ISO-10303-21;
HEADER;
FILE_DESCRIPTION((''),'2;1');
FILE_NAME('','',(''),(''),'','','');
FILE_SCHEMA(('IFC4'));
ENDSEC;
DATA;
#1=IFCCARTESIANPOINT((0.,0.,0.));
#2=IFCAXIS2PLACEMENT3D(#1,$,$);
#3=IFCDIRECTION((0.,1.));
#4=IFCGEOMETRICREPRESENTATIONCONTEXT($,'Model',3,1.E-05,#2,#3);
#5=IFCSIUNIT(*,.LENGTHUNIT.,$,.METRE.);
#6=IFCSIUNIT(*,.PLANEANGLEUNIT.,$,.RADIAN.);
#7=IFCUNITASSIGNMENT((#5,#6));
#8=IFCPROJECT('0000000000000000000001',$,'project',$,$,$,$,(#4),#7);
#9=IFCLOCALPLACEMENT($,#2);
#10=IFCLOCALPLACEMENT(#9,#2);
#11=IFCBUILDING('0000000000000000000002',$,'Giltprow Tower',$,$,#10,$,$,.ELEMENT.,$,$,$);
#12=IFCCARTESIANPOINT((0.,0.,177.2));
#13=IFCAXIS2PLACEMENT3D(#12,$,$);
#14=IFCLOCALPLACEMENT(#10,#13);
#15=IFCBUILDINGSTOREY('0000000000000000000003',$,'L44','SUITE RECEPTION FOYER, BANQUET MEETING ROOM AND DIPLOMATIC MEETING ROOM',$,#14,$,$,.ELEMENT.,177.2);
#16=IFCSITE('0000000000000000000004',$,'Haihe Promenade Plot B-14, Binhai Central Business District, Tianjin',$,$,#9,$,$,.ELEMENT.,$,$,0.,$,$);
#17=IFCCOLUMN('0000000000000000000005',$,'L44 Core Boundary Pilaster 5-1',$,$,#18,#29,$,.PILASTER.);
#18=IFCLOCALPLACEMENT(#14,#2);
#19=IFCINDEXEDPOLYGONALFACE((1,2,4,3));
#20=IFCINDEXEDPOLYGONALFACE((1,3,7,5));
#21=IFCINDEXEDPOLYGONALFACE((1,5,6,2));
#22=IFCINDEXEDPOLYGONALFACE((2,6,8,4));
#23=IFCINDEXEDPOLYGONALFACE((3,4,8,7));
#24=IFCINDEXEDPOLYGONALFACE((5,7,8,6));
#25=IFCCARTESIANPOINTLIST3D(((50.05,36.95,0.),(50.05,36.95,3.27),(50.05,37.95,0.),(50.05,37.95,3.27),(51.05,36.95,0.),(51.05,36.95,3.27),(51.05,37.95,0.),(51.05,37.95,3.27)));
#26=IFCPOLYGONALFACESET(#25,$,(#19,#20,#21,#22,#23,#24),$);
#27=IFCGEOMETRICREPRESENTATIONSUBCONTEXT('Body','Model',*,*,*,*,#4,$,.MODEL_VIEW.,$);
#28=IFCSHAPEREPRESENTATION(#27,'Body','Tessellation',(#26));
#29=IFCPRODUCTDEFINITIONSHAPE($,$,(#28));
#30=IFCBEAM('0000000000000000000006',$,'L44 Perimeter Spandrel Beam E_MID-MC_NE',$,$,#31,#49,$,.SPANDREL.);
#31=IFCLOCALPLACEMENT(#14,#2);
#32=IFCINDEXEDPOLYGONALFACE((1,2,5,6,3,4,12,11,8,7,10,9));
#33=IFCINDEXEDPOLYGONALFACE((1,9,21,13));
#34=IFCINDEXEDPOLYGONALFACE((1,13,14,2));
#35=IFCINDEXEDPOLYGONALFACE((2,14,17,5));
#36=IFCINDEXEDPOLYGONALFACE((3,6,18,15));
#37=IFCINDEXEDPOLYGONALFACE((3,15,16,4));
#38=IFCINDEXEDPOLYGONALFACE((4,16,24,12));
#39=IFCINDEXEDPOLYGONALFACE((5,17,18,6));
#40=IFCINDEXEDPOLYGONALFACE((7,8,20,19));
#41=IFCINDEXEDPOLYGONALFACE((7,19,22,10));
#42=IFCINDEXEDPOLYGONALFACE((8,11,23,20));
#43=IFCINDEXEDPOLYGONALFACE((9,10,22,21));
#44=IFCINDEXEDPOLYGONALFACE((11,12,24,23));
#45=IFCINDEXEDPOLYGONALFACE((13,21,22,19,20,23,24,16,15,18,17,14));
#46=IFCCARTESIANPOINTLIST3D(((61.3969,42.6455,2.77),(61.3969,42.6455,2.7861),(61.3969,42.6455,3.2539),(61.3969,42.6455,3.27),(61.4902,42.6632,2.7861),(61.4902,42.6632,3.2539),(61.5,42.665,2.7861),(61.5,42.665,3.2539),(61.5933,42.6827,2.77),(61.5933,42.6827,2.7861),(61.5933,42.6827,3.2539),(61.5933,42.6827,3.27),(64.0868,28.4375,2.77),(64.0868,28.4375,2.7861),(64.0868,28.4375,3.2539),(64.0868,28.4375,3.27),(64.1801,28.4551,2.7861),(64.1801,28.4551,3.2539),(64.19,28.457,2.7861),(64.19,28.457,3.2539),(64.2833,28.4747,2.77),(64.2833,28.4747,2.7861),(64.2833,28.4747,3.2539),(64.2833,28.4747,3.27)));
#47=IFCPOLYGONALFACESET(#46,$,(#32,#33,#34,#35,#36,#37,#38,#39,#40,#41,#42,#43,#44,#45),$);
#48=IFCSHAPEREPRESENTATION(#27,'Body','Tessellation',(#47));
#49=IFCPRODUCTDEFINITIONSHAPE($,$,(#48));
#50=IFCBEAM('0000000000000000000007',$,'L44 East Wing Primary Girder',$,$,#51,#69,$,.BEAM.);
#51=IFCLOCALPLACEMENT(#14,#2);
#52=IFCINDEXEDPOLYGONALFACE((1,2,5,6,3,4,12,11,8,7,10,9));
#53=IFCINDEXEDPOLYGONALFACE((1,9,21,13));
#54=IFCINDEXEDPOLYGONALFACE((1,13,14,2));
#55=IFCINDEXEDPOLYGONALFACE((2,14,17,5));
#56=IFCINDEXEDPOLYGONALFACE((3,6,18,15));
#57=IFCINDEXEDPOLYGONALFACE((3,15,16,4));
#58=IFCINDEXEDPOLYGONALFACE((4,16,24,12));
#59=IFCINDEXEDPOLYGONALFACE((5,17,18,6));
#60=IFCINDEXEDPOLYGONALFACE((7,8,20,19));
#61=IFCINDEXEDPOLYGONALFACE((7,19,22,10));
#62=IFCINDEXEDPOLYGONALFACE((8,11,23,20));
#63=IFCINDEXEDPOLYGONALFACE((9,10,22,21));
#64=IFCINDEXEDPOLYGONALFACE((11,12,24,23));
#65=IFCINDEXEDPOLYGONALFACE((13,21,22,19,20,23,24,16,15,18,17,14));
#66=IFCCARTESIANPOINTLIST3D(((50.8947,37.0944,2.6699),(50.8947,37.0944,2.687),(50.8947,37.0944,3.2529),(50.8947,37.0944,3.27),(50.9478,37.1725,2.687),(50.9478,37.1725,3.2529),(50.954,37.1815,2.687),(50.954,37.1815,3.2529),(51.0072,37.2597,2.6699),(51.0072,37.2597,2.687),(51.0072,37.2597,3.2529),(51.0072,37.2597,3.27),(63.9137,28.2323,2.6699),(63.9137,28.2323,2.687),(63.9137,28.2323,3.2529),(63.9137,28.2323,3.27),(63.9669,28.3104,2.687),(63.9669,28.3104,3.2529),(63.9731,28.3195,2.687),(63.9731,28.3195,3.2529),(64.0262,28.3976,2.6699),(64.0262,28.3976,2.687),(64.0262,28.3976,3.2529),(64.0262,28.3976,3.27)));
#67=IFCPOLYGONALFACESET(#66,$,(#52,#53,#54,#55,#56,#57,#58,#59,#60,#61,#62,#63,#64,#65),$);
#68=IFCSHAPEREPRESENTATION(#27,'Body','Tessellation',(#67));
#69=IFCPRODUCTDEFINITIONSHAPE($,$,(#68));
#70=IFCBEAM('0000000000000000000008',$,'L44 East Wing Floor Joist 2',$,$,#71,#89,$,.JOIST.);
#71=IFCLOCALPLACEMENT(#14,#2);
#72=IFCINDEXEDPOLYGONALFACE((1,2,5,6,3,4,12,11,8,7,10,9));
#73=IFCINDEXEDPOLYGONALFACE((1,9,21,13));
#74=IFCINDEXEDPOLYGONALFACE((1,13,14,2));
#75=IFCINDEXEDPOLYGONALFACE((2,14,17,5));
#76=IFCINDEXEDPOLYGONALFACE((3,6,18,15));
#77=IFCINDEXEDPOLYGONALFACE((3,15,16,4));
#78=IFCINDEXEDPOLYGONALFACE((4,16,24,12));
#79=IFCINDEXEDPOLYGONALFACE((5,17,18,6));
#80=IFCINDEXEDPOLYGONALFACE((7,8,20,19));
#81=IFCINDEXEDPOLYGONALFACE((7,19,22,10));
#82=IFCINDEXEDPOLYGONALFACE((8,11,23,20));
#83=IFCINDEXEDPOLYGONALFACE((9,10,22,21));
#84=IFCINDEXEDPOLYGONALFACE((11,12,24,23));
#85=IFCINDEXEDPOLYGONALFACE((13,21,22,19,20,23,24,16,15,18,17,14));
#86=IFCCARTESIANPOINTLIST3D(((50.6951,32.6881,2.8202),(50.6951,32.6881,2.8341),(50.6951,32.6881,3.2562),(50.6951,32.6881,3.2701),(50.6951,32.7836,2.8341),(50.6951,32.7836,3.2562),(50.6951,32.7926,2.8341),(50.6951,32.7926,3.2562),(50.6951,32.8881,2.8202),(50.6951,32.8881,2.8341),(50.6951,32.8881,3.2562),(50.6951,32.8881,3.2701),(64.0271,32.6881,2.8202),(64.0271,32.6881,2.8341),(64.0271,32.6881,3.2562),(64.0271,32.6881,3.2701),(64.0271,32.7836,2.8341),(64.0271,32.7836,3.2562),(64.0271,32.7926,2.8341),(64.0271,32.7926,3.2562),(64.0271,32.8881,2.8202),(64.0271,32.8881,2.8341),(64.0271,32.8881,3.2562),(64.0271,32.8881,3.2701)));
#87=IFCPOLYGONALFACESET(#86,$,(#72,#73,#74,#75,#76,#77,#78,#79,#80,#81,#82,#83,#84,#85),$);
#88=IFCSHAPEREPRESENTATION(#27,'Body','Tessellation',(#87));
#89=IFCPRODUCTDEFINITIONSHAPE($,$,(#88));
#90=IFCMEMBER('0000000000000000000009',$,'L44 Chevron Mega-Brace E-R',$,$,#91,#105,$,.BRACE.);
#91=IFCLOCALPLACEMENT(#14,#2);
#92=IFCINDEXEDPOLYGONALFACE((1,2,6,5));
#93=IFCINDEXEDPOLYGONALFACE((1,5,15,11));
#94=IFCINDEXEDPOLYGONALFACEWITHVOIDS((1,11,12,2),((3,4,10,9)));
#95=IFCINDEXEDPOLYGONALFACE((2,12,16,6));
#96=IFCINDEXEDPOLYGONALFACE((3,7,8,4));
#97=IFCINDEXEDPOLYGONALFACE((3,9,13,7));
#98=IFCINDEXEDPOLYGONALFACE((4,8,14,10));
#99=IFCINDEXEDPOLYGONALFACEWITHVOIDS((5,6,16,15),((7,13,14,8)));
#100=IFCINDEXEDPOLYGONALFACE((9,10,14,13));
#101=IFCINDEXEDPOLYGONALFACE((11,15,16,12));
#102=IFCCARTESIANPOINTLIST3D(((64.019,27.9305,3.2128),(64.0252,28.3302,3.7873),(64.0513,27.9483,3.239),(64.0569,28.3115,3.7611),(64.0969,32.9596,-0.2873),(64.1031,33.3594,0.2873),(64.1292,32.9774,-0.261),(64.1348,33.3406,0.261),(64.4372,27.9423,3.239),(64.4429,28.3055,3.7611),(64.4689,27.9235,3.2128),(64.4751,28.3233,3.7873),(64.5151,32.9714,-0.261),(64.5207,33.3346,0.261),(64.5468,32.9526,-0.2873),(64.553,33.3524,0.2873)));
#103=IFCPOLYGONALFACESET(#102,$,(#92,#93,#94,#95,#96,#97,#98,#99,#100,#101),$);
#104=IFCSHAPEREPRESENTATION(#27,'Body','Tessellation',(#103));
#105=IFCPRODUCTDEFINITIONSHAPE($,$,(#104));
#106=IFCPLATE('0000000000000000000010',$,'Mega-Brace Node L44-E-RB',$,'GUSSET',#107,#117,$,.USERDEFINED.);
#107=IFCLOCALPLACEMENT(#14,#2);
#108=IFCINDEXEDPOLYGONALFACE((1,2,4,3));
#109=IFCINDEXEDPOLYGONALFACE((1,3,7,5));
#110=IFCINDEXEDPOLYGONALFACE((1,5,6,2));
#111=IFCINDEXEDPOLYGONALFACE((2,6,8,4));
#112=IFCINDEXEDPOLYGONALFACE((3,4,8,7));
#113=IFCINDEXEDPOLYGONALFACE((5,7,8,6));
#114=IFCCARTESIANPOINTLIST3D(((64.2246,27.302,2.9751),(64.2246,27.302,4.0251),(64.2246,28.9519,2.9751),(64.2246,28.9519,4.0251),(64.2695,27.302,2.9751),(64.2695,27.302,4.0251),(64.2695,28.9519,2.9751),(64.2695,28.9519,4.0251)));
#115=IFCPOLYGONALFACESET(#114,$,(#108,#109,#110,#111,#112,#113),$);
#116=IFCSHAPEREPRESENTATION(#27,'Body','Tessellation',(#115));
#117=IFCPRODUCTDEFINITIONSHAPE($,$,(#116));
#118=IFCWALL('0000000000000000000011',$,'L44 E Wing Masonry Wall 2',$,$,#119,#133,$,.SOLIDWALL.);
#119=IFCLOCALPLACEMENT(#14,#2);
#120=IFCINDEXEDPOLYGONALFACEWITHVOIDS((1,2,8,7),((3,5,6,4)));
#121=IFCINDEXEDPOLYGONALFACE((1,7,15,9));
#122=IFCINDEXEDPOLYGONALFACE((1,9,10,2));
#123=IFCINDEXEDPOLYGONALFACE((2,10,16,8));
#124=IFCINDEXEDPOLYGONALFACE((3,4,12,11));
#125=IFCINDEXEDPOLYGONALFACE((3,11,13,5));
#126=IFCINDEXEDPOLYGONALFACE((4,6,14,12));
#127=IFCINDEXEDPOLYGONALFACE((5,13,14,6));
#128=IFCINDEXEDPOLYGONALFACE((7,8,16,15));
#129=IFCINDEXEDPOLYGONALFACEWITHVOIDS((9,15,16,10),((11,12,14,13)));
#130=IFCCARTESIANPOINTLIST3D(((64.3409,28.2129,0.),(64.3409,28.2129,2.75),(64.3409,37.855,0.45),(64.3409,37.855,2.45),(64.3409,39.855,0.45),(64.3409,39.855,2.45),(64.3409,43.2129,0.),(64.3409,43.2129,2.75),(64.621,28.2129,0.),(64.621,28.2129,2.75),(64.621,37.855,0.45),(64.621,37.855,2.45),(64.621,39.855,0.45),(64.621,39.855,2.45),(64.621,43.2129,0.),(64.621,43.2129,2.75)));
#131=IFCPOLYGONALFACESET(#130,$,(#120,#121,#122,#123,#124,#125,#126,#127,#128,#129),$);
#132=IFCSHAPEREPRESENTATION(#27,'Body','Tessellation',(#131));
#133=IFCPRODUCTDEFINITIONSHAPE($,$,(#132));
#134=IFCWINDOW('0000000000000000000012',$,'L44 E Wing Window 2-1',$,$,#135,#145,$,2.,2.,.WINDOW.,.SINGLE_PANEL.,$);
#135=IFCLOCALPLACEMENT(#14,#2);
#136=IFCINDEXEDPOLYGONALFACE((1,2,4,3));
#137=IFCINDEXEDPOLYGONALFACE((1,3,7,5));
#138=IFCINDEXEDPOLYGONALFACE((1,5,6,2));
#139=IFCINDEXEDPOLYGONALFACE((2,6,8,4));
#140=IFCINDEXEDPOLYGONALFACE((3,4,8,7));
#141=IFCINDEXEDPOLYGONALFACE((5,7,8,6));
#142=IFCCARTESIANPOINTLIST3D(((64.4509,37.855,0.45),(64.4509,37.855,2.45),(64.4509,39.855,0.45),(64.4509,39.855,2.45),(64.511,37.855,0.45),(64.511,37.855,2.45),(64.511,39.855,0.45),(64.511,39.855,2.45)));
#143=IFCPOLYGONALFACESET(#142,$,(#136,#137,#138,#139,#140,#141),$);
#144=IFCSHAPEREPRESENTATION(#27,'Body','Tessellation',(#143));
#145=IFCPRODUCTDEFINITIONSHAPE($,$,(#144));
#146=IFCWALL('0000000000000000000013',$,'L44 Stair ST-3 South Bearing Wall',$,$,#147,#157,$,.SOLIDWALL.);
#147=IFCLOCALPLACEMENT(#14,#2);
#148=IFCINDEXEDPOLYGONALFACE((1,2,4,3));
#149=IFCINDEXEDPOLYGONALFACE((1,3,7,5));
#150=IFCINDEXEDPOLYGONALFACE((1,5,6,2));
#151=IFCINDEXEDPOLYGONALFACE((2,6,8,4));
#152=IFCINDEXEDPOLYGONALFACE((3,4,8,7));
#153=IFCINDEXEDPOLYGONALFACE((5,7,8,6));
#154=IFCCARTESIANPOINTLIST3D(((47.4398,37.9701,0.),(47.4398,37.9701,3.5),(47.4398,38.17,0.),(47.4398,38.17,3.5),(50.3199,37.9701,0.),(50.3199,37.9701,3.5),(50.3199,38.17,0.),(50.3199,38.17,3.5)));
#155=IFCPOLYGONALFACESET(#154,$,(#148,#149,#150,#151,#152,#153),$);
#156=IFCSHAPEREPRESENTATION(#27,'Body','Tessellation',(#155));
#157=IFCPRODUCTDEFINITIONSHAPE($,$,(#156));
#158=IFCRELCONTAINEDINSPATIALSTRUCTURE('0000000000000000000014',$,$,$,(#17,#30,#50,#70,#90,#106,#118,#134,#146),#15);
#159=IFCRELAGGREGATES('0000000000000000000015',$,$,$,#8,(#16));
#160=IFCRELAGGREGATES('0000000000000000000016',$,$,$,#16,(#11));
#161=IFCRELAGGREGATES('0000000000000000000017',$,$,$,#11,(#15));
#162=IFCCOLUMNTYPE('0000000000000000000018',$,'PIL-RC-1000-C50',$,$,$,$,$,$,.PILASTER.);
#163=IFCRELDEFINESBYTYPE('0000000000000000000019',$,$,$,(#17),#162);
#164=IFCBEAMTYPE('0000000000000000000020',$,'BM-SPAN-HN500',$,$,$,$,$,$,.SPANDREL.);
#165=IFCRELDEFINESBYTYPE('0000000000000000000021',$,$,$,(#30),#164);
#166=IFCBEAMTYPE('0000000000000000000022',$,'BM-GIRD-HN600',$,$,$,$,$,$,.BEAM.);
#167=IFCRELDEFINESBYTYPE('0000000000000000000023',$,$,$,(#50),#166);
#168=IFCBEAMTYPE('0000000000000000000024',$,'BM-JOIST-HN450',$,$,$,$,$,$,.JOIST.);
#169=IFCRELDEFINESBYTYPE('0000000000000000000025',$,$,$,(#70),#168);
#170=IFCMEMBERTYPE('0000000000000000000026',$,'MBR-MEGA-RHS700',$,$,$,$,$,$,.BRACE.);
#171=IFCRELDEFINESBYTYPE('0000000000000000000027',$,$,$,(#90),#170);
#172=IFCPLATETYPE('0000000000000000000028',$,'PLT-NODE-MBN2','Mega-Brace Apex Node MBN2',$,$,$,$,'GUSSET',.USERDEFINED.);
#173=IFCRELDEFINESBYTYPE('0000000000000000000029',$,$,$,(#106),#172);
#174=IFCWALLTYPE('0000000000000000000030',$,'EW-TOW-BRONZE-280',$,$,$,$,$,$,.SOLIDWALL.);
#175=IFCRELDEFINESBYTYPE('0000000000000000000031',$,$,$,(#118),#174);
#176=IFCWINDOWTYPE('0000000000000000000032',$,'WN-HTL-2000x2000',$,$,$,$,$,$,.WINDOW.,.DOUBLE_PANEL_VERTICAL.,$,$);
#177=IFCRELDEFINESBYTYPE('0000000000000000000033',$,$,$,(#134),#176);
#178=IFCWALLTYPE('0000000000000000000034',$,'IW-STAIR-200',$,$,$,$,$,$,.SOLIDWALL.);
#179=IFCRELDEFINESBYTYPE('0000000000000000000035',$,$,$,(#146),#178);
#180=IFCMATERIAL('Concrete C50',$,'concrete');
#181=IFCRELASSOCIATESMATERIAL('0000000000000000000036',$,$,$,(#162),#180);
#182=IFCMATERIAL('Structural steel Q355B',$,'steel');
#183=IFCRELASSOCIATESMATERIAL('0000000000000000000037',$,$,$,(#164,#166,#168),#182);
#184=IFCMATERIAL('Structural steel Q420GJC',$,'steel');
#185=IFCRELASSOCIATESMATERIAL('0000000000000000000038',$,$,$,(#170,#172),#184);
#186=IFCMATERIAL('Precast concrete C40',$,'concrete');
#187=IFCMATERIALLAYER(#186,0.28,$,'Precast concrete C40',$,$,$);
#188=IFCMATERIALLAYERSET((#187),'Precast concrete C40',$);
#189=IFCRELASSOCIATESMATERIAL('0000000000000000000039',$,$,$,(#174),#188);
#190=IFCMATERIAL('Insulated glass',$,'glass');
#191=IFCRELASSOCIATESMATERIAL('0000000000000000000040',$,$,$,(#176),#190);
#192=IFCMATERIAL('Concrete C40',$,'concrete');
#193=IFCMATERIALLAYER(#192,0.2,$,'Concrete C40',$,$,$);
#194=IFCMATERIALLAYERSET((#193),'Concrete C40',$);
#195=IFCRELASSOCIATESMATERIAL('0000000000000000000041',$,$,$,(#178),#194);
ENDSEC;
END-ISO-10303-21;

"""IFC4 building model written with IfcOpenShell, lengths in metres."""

from ifc_helpers import new_model, si_unit, direction, frame, frame_2d, origin, origin_2d, place, context, subcontext, project, spatial, rectangle, hollow_rectangle, i_section, extrude, source, transform, mapped, material, layer, layer_set, material_profile, profile_set, type_object, element, fill, save


model = new_model("IFC4")

# Units and contexts
model_context = context("Model", 3, precision=1e-05, world=origin(), true_north=direction((0.0, 1.0)))
body_context = subcontext(model_context, "Body", "Model", "MODEL_VIEW")
ifc_project = project(units=[si_unit("LENGTHUNIT", "METRE"), si_unit("PLANEANGLEUNIT", "RADIAN")], contexts=[model_context])

# Site, building, storey
site_placement = place(None, origin())
site = spatial("IfcSite", under=ifc_project, at=site_placement, Name="Haihe Promenade Plot B-14, Binhai Central Business District, Tianjin", CompositionType="ELEMENT", RefElevation=0.0)
building_placement = place(site_placement, origin())
building = spatial("IfcBuilding", under=site, at=building_placement, Name="Giltprow Tower", CompositionType="ELEMENT")
storey_placement = place(building_placement, frame((0.0, 0.0, 177.2)))
storey = spatial("IfcBuildingStorey", under=building, at=storey_placement, Name="L44", Description="SUITE RECEPTION FOYER, BANQUET MEETING ROOM AND DIPLOMATIC MEETING ROOM", CompositionType="ELEMENT", Elevation=177.2)

# Column
ifc_material_1 = material(Name="Concrete C50", Category="concrete")
ifc_material_profile_1 = material_profile(ifc_material_1, rectangle(XDim=1.0, YDim=1.0, at=origin_2d()), Name="RC 1000x1000")
ifc_profile_set_1 = profile_set([ifc_material_profile_1], Name="Concrete C50")
column_type = type_object("IfcColumnType", Name="PIL-RC-1000-C50", PredefinedType="PILASTER", material=ifc_profile_set_1)
shared_shape_1 = source(origin(), body_context, "Body", "SweptSolid", [
    extrude(rectangle(XDim=1.0, YDim=1.0, at=origin_2d()), origin(), (0.0, 0.0, 1.0), 3.27),
])
column_placement = place(storey_placement, frame((50.55, 37.45, 0.0), z_axis=(0.0, 0.0, 1.0), x_axis=(1.0, 0.0, 0.0)))
element("IfcColumn", 1, at=column_placement, inside=storey, type_object=column_type, Name="L44 Core Boundary Pilaster 5-1", PredefinedType="PILASTER", context=body_context, shape_type="MappedRepresentation", body=[
    mapped(shared_shape_1, transform((0.0, 0.0, 0.0), x_axis=(1.0, 0.0, 0.0), y_axis=(0.0, 1.0, 0.0), z_axis=(0.0, 0.0, 1.0), scale=1.0)),
])

# Beams
ifc_material_2 = material(Name="Structural steel Q355B", Category="steel")
ifc_material_profile_2 = material_profile(ifc_material_2, i_section(OverallWidth=0.2, OverallDepth=0.5, WebThickness=0.01, FlangeThickness=0.0161, at=origin_2d()), Name="HN 500x200x10x16")
ifc_profile_set_2 = profile_set([ifc_material_profile_2], Name="Structural steel Q355B")
beam_type_1 = type_object("IfcBeamType", Name="BM-SPAN-HN500", PredefinedType="SPANDREL", material=ifc_profile_set_2)
shared_shape_2 = source(origin(), body_context, "Body", "SweptSolid", [
    extrude(i_section(OverallWidth=0.2, OverallDepth=0.5, WebThickness=0.01, FlangeThickness=0.0161, at=origin_2d()), origin(), (0.0, 0.0, 1.0), 14.4604),
])
beam_1_placement = place(storey_placement, frame((64.1851, 28.4561, 3.02), z_axis=(-0.186021, 0.982546, 0.0), x_axis=(-0.982546, -0.186021, 0.0)))
element("IfcBeam", 2, at=beam_1_placement, inside=storey, type_object=beam_type_1, Name="L44 Perimeter Spandrel Beam E_MID-MC_NE", PredefinedType="SPANDREL", context=body_context, shape_type="MappedRepresentation", body=[
    mapped(shared_shape_2, transform((0.0, 0.0, 0.0), x_axis=(1.0, 0.0, 0.0), y_axis=(0.0, 1.0, 0.0), z_axis=(0.0, 0.0, 1.0), scale=1.0)),
])
ifc_material_profile_3 = material_profile(ifc_material_2, i_section(OverallWidth=0.2, OverallDepth=0.6001, WebThickness=0.011, FlangeThickness=0.0171, at=origin_2d()), Name="HN 600x200x11x17")
ifc_profile_set_3 = profile_set([ifc_material_profile_3], Name="Structural steel Q355B")
beam_type_2 = type_object("IfcBeamType", Name="BM-GIRD-HN600", PredefinedType="BEAM", material=ifc_profile_set_3)
shared_shape_3 = source(origin(), body_context, "Body", "SweptSolid", [
    extrude(i_section(OverallWidth=0.2, OverallDepth=0.6001, WebThickness=0.011, FlangeThickness=0.0171, at=origin_2d()), origin(), (0.0, 0.0, 1.0), 15.749),
])
beam_2_placement = place(storey_placement, frame((63.97, 28.3149, 2.97), z_axis=(-0.826657, 0.562706, 0.0), x_axis=(-0.562706, -0.826657, 0.0)))
element("IfcBeam", 3, at=beam_2_placement, inside=storey, type_object=beam_type_2, Name="L44 East Wing Primary Girder", PredefinedType="BEAM", context=body_context, shape_type="MappedRepresentation", body=[
    mapped(shared_shape_3, transform((0.0, 0.0, 0.0), x_axis=(1.0, 0.0, 0.0), y_axis=(0.0, 1.0, 0.0), z_axis=(0.0, 0.0, 1.0), scale=1.0)),
])
ifc_material_profile_4 = material_profile(ifc_material_2, i_section(OverallWidth=0.2, OverallDepth=0.45, WebThickness=0.009, FlangeThickness=0.0139, at=origin_2d()), Name="HN 450x200x9x14")
ifc_profile_set_4 = profile_set([ifc_material_profile_4], Name="Structural steel Q355B")
beam_type_3 = type_object("IfcBeamType", Name="BM-JOIST-HN450", PredefinedType="JOIST", material=ifc_profile_set_4)
shared_shape_4 = source(origin(), body_context, "Body", "SweptSolid", [
    extrude(i_section(OverallWidth=0.2, OverallDepth=0.45, WebThickness=0.009, FlangeThickness=0.0139, at=origin_2d()), origin(), (0.0, 0.0, 1.0), 13.332),
])
beam_3_placement = place(storey_placement, frame((50.6951, 32.7881, 3.0452), z_axis=(1.0, 0.0, 0.0), x_axis=(0.0, 1.0, 0.0)))
element("IfcBeam", 4, at=beam_3_placement, inside=storey, type_object=beam_type_3, Name="L44 East Wing Floor Joist 2", PredefinedType="JOIST", context=body_context, shape_type="MappedRepresentation", body=[
    mapped(shared_shape_4, transform((0.0, 0.0, 0.0), x_axis=(1.0, 0.0, 0.0), y_axis=(0.0, 1.0, 0.0), z_axis=(0.0, 0.0, 1.0), scale=1.0)),
])

# Member
ifc_material_3 = material(Name="Structural steel Q420GJC", Category="steel")
ifc_material_profile_5 = material_profile(ifc_material_3, hollow_rectangle(XDim=0.45, YDim=0.7, WallThickness=0.032, at=origin_2d()), Name="RHS 700x450x32")
ifc_profile_set_5 = profile_set([ifc_material_profile_5], Name="Structural steel Q420GJC")
member_type = type_object("IfcMemberType", Name="MBR-MEGA-RHS700", PredefinedType="BRACE", material=ifc_profile_set_5)
shared_shape_5 = source(origin(), body_context, "Body", "SweptSolid", [
    extrude(hollow_rectangle(XDim=0.45, YDim=0.7, WallThickness=0.032, at=origin_2d()), origin(), (0.0, 0.0, 1.0), 6.1277),
])
member_placement = place(storey_placement, frame((64.325, 33.156, 0.0), z_axis=(-0.01271, -0.820722, 0.571186), x_axis=(0.99988, -0.015484, 0.0)))
element("IfcMember", 5, at=member_placement, inside=storey, type_object=member_type, Name="L44 Chevron Mega-Brace E-R", PredefinedType="BRACE", context=body_context, shape_type="MappedRepresentation", body=[
    mapped(shared_shape_5, transform((0.0, 0.0, 0.0), x_axis=(1.0, 0.0, 0.0), y_axis=(0.0, 1.0, 0.0), z_axis=(0.0, 0.0, 1.0), scale=1.0)),
])

# Plate
plate_type = type_object("IfcPlateType", Name="PLT-NODE-MBN2", Description="Mega-Brace Apex Node MBN2", ElementType="GUSSET", PredefinedType="USERDEFINED", material=ifc_material_3)
shared_shape_6 = source(origin(), body_context, "Body", "SweptSolid", [
    extrude(rectangle(XDim=1.6499, YDim=0.0449, at=origin_2d()), origin(), (0.0, 0.0, 1.0), 1.05),
])
plate_placement = place(storey_placement, frame((64.2471, 28.127, 2.9751), z_axis=(0.0, 0.0, 1.0), x_axis=(0.0, 1.0, 0.0)))
element("IfcPlate", 6, at=plate_placement, inside=storey, type_object=plate_type, Name="Mega-Brace Node L44-E-RB", ObjectType="GUSSET", PredefinedType="USERDEFINED", context=body_context, shape_type="MappedRepresentation", body=[
    mapped(shared_shape_6, transform((0.0, 0.0, 0.0), x_axis=(1.0, 0.0, 0.0), y_axis=(0.0, 1.0, 0.0), z_axis=(0.0, 0.0, 1.0), scale=1.0)),
])

# Wall, opening, window
ifc_material_4 = material(Name="Precast concrete C40", Category="concrete")
ifc_layer_1 = layer(ifc_material_4, 0.28, Name="Precast concrete C40")
ifc_layer_set_1 = layer_set([ifc_layer_1], Name="Precast concrete C40")
wall_type_1 = type_object("IfcWallType", Name="EW-TOW-BRONZE-280", PredefinedType="SOLIDWALL", material=ifc_layer_set_1)
wall_1_placement = place(storey_placement, frame((64.481, 28.2129, 0.0), z_axis=(0.0, 0.0, 1.0), x_axis=(0.0, 1.0, 0.0)))
wall_1 = element("IfcWall", 7, at=wall_1_placement, inside=storey, type_object=wall_type_1, Name="L44 E Wing Masonry Wall 2", PredefinedType="SOLIDWALL", context=body_context, shape_type="SweptSolid", body=[
    extrude(rectangle(XDim=15.0, YDim=0.28, at=frame_2d((7.5, 0.0))), origin(), (0.0, 0.0, 1.0), 2.75),
])
opening_1_placement = place(wall_1_placement, frame((9.6421, 0.0, 0.45)))
opening_1 = element("IfcOpeningElement", 8, at=opening_1_placement, cuts=wall_1, PredefinedType="OPENING", context=body_context, shape_type="SweptSolid", body=[
    extrude(rectangle(XDim=2.0, YDim=2.0, at=frame_2d((1.0, 1.0))), frame((0.0, 0.1499, 0.0), z_axis=(0.0, -1.0, 0.0), x_axis=(1.0, 0.0, 0.0)), (0.0, 0.0, 1.0), 0.3),
])
ifc_material_5 = material(Name="Insulated glass", Category="glass")
window_type = type_object("IfcWindowType", Name="WN-HTL-2000x2000", PartitioningType="DOUBLE_PANEL_VERTICAL", PredefinedType="WINDOW", material=ifc_material_5)
shared_shape_7 = source(origin(), body_context, "Body", "SweptSolid", [
    extrude(rectangle(XDim=2.0, YDim=2.0, at=frame_2d((1.0, 1.0))), frame((0.0, 0.03, 0.0), z_axis=(0.0, -1.0, 0.0), x_axis=(1.0, 0.0, 0.0)), (0.0, 0.0, 1.0), 0.0601),
])
window_placement = place(opening_1_placement, origin())
window = element("IfcWindow", 9, at=window_placement, inside=storey, type_object=window_type, Name="L44 E Wing Window 2-1", OverallHeight=2.0, OverallWidth=2.0, PartitioningType="SINGLE_PANEL", PredefinedType="WINDOW", context=body_context, shape_type="MappedRepresentation", body=[
    mapped(shared_shape_7, transform((0.0, 0.0, 0.0), x_axis=(1.0, 0.0, 0.0), y_axis=(0.0, 1.0, 0.0), z_axis=(0.0, 0.0, 1.0), scale=1.0)),
])
fill(opening_1, window)

# Wall
ifc_material_6 = material(Name="Concrete C40", Category="concrete")
ifc_layer_2 = layer(ifc_material_6, 0.2, Name="Concrete C40")
ifc_layer_set_2 = layer_set([ifc_layer_2], Name="Concrete C40")
wall_type_2 = type_object("IfcWallType", Name="IW-STAIR-200", PredefinedType="SOLIDWALL", material=ifc_layer_set_2)
wall_2_placement = place(storey_placement, frame((47.4399, 38.0701, 0.0), z_axis=(0.0, 0.0, 1.0), x_axis=(1.0, 0.0, 0.0)))
element("IfcWall", 10, at=wall_2_placement, inside=storey, type_object=wall_type_2, Name="L44 Stair ST-3 South Bearing Wall", PredefinedType="SOLIDWALL", context=body_context, shape_type="SweptSolid", body=[
    extrude(rectangle(XDim=2.8801, YDim=0.2, at=frame_2d((1.4399, 0.0))), origin(), (0.0, 0.0, 1.0), 3.5),
])

save(model, "model.ifc")
